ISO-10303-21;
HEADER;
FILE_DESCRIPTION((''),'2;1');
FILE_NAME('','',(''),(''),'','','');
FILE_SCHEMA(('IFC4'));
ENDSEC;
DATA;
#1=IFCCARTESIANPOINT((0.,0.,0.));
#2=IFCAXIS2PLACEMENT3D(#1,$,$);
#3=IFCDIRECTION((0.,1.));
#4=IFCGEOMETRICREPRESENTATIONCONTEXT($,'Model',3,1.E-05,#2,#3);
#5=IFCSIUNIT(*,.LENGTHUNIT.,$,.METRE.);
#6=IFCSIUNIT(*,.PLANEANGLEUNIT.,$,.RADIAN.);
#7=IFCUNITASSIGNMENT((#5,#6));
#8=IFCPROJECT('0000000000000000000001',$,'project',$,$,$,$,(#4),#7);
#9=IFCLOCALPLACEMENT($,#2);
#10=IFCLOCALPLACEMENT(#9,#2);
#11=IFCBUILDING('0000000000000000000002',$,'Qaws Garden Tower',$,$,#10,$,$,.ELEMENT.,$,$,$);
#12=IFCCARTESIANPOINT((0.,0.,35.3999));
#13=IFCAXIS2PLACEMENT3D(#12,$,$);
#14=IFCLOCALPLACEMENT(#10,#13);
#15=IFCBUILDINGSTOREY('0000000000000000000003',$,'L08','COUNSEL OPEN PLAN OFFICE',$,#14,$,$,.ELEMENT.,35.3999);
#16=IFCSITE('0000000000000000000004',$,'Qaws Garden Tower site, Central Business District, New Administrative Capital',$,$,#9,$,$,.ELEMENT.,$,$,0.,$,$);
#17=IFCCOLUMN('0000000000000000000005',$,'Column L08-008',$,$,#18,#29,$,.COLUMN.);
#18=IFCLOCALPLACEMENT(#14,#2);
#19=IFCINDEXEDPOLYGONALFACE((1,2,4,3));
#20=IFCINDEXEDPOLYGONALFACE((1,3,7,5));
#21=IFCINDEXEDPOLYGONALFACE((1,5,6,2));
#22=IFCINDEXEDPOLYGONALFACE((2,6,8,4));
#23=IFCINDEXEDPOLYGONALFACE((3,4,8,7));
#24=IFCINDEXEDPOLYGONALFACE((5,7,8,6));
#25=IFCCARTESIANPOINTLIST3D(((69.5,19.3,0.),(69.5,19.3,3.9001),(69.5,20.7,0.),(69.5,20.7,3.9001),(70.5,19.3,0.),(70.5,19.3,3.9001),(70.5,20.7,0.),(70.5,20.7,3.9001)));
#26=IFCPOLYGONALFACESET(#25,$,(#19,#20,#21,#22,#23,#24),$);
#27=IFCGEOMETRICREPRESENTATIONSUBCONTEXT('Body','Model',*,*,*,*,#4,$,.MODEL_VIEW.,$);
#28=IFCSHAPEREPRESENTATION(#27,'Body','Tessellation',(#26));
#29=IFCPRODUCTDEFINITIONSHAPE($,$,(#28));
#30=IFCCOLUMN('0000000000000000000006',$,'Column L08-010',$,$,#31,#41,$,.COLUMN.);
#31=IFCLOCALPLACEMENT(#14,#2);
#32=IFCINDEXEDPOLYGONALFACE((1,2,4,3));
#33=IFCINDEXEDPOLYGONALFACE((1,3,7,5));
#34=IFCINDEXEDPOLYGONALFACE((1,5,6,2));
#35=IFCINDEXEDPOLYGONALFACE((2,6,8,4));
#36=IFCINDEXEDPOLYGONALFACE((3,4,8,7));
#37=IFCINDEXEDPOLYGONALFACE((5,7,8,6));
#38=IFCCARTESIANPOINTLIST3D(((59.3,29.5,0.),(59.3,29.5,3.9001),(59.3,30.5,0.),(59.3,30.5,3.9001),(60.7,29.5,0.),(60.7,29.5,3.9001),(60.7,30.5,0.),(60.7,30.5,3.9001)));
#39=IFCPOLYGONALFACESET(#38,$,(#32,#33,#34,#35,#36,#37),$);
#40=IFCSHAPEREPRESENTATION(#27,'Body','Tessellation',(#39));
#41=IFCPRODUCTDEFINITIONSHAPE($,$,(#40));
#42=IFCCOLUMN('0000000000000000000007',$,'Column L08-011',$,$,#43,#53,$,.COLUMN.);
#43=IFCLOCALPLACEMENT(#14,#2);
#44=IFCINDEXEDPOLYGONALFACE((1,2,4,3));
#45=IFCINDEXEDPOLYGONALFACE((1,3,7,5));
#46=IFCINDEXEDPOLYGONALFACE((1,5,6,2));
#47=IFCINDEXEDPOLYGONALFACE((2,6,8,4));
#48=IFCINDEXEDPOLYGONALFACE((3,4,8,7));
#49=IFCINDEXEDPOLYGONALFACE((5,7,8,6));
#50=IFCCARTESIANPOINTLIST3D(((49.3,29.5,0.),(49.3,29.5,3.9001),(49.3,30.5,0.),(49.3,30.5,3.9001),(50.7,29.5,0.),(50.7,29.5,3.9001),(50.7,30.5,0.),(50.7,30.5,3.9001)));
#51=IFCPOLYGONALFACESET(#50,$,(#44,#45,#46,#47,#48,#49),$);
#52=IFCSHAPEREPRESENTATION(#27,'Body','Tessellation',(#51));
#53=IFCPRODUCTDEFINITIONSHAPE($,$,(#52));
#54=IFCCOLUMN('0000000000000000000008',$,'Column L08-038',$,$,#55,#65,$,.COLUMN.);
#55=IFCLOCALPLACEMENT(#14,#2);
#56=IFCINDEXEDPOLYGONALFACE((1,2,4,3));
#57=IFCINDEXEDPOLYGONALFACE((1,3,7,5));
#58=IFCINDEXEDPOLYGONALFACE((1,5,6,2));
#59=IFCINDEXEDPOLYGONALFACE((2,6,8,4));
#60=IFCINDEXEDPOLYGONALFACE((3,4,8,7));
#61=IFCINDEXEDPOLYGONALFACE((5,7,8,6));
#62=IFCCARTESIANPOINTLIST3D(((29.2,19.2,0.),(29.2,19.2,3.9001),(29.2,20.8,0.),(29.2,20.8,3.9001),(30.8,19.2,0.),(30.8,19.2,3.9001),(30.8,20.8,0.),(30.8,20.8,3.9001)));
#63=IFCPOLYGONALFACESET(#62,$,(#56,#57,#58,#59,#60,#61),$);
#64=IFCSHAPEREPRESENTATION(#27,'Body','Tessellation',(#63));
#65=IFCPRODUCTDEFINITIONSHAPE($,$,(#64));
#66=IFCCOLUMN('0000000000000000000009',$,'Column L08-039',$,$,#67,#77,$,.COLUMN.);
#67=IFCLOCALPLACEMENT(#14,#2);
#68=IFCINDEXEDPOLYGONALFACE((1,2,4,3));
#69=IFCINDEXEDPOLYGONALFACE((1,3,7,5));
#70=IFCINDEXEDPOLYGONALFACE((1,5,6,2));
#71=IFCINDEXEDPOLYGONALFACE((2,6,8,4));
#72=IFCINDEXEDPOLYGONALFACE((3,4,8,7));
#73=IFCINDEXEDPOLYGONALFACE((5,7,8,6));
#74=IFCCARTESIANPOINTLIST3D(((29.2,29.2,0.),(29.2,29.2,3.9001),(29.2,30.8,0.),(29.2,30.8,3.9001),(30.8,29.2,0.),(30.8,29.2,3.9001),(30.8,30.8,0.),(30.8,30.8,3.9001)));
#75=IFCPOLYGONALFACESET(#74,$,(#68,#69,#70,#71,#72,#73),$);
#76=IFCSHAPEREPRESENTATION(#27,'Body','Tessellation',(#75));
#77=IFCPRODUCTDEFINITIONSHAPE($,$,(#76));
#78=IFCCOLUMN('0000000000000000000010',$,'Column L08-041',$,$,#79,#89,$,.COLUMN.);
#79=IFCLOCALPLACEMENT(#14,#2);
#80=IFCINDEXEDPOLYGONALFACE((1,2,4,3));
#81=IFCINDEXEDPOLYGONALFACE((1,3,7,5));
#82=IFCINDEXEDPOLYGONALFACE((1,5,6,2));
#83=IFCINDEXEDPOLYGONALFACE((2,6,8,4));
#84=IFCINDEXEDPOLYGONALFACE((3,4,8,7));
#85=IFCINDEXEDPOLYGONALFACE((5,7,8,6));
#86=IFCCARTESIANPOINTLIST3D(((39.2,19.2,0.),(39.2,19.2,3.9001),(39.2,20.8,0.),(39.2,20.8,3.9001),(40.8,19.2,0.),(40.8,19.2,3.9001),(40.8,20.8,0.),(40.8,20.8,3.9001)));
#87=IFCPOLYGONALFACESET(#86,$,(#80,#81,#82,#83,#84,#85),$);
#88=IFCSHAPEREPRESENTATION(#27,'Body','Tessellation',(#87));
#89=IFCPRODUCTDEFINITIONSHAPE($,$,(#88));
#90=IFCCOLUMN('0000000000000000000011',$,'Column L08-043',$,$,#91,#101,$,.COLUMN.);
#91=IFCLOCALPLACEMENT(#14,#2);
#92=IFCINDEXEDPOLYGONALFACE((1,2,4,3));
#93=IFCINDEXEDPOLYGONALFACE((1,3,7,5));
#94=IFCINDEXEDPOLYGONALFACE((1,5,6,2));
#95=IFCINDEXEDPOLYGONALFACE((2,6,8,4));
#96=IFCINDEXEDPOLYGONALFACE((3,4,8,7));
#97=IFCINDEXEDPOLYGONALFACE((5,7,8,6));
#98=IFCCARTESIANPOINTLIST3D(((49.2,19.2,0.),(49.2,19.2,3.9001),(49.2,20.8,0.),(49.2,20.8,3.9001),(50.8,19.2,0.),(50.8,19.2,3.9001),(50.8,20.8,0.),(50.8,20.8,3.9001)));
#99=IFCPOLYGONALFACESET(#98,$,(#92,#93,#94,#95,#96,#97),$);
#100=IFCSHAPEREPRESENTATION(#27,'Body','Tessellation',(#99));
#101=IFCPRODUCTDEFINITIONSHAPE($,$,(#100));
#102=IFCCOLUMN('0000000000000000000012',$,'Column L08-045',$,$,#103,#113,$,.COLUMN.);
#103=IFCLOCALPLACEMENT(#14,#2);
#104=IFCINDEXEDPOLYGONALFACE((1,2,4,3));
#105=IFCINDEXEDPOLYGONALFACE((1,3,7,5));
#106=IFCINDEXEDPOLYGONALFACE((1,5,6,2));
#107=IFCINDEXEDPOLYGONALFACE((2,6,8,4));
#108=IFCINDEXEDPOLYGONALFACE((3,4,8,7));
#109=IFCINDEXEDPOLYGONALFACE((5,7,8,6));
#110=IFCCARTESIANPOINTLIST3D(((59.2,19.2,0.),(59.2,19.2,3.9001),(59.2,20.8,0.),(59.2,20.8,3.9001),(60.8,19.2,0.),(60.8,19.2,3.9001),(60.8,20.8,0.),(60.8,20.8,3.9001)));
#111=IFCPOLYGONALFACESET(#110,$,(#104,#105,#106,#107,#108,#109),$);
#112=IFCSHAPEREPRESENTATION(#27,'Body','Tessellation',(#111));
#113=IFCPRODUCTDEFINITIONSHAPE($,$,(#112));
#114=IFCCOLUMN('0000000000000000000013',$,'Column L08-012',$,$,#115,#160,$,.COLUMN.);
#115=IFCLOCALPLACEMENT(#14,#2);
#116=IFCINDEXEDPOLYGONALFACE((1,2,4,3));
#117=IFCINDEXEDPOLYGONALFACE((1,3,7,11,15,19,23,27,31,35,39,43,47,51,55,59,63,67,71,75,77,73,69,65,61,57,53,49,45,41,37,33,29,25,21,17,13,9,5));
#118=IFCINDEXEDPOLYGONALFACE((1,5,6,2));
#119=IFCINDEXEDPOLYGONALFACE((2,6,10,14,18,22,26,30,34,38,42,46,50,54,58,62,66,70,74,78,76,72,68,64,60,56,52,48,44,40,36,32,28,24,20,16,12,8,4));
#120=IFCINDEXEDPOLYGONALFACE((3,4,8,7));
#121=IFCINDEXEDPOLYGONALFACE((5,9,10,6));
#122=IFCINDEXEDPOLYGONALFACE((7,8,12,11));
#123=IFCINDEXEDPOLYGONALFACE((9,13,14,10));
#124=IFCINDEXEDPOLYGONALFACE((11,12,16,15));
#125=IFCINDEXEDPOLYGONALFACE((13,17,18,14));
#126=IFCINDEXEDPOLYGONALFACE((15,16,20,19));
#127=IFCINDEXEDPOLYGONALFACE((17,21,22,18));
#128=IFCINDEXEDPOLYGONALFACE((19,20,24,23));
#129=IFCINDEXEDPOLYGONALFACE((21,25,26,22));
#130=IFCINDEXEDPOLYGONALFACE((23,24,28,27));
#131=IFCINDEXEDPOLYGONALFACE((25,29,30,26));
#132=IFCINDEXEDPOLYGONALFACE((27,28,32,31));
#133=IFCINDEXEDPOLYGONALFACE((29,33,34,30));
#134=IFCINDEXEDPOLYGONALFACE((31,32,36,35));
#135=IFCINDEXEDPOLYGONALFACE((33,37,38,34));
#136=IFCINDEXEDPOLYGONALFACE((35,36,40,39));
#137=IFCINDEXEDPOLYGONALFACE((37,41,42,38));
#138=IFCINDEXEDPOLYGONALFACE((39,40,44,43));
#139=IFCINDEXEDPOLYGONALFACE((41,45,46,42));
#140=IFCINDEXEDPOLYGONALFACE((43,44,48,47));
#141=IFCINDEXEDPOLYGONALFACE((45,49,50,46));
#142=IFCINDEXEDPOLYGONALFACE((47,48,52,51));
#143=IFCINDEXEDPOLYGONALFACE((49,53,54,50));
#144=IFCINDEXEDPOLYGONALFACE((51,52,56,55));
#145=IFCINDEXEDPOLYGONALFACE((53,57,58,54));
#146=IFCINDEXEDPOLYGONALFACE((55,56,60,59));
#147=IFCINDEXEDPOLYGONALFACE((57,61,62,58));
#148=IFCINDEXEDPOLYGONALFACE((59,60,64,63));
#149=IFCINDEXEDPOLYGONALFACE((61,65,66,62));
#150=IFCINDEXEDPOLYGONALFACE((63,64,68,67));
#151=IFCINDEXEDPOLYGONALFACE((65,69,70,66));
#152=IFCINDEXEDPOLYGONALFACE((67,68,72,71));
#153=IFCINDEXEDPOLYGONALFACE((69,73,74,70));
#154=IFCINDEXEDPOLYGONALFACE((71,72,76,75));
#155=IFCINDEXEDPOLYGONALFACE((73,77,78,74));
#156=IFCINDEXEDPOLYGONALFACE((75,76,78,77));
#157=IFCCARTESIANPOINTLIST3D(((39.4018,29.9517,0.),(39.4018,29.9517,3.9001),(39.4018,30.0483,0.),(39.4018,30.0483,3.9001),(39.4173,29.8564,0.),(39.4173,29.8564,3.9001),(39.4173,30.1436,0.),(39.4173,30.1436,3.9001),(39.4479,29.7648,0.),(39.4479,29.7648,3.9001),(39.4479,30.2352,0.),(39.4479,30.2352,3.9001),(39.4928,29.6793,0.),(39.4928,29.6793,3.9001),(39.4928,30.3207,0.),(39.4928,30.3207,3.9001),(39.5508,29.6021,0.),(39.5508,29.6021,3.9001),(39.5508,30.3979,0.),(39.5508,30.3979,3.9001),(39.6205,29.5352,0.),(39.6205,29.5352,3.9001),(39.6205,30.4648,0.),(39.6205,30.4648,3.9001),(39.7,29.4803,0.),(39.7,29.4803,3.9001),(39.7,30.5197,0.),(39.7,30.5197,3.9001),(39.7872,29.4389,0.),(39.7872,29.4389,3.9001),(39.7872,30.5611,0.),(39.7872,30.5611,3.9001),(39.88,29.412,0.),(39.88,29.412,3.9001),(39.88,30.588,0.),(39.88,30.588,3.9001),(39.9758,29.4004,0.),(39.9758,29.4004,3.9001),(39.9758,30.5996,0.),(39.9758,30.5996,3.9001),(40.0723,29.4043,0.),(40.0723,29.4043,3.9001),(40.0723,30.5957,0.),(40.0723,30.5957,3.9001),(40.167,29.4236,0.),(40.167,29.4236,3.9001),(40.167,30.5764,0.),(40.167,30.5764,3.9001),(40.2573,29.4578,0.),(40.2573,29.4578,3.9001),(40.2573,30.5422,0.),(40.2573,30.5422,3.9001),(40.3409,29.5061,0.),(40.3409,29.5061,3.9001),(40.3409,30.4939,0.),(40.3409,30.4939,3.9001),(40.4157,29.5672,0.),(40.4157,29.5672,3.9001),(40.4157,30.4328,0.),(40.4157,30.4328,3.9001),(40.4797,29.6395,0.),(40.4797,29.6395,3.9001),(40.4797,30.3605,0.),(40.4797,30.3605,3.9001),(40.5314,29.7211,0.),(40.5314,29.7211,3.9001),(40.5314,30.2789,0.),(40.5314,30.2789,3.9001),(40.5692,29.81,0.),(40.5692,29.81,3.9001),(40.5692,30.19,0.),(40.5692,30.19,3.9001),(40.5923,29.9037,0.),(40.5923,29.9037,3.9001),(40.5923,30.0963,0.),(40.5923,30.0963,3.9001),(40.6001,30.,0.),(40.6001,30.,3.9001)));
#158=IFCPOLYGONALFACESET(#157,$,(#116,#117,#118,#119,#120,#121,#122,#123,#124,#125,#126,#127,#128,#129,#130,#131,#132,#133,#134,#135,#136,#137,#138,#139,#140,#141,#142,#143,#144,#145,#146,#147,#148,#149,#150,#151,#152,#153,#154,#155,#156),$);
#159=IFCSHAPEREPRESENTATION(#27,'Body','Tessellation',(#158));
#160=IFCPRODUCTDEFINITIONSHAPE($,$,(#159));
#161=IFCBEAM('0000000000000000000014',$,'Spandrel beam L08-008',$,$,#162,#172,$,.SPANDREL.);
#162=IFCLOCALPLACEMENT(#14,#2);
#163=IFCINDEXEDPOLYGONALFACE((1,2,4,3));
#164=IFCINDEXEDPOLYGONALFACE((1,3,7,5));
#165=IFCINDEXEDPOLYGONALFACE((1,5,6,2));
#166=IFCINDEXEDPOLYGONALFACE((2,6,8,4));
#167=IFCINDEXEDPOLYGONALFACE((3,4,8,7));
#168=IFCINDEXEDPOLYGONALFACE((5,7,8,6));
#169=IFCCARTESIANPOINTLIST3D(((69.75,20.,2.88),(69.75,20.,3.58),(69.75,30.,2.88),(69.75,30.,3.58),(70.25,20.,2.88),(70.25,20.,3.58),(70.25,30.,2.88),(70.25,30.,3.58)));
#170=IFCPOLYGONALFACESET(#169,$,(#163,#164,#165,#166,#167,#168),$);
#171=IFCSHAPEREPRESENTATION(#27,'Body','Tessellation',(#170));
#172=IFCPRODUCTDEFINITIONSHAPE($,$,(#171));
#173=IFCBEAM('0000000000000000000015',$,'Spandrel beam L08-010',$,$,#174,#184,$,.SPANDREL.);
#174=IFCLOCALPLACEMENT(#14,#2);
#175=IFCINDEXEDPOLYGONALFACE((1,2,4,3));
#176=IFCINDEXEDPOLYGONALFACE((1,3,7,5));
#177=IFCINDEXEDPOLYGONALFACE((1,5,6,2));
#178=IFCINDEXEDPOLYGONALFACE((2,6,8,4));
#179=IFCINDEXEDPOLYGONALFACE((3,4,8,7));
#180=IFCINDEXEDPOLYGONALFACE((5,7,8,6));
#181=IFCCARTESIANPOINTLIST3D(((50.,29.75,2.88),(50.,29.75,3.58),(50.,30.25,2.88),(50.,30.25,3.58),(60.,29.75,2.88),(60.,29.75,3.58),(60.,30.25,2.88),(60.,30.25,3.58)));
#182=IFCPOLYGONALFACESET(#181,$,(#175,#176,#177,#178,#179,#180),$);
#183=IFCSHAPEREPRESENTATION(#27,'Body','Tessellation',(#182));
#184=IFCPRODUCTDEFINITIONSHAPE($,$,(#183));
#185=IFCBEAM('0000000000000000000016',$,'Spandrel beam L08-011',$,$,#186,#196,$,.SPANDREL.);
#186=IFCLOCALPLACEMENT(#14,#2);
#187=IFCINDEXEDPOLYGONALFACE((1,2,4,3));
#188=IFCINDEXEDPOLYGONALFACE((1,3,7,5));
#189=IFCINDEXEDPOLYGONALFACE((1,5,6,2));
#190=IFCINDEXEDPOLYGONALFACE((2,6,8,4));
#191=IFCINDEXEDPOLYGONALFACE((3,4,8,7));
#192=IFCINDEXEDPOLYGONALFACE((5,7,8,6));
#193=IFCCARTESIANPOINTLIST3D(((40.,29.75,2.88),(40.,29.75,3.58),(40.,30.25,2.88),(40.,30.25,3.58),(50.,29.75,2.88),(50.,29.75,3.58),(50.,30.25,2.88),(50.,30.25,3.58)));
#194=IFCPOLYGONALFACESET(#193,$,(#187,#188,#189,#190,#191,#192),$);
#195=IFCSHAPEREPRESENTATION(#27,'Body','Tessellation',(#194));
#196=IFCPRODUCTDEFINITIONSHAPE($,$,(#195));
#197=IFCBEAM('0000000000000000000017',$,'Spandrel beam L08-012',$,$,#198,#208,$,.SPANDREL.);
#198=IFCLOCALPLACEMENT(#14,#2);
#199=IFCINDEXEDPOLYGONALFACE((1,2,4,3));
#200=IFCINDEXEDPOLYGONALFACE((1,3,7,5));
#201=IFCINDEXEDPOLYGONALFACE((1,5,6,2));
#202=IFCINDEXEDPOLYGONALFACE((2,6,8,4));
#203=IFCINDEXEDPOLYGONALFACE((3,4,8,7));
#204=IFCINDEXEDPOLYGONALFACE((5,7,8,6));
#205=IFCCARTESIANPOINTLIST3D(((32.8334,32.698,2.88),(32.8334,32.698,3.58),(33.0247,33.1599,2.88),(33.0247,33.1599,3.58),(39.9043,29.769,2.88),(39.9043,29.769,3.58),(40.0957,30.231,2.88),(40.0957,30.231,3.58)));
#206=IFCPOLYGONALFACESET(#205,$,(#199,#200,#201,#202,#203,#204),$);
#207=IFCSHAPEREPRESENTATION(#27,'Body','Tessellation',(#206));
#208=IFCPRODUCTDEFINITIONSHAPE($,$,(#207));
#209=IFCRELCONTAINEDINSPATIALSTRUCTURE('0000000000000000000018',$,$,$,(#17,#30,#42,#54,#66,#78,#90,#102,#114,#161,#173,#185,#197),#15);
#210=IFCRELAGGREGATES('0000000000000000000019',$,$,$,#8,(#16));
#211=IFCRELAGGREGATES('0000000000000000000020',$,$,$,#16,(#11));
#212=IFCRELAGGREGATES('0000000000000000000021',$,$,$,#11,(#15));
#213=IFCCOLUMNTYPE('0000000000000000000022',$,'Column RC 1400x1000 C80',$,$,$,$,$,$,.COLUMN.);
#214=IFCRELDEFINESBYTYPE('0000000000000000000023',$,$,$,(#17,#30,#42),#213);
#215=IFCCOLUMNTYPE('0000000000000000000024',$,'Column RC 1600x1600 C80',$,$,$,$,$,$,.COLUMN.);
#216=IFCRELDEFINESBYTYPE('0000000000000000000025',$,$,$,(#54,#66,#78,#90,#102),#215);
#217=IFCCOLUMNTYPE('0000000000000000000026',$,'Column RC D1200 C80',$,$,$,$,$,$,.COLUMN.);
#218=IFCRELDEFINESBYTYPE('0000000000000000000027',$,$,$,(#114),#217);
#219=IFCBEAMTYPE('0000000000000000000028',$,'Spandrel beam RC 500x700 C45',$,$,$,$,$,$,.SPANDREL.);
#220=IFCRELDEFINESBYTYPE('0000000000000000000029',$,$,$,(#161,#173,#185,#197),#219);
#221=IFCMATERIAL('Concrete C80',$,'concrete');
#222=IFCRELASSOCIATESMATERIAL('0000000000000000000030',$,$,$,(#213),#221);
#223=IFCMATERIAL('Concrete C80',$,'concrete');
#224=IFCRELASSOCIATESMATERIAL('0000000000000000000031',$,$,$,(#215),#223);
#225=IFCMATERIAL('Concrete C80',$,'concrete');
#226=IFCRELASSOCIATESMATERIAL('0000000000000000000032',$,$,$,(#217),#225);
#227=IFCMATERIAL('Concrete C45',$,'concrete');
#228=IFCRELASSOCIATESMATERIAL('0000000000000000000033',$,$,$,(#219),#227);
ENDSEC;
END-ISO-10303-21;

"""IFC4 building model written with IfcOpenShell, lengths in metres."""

from ifc_helpers import new_model, si_unit, direction, frame, origin, origin_2d, place, context, subcontext, project, spatial, rectangle, circle, extrude, material, material_profile, profile_set, type_object, element, save


model = new_model("IFC4")

# Units and contexts
model_context = context("Model", 3, precision=1e-05, world=origin(), true_north=direction((0.0, 1.0)))
body_context = subcontext(model_context, "Body", "Model", "MODEL_VIEW")
ifc_project = project(units=[si_unit("LENGTHUNIT", "METRE"), si_unit("PLANEANGLEUNIT", "RADIAN")], contexts=[model_context])

# Site, building, storey
site_placement = place(None, origin())
site = spatial("IfcSite", under=ifc_project, at=site_placement, Name="Qaws Garden Tower site, Central Business District, New Administrative Capital", CompositionType="ELEMENT", RefElevation=0.0)
building_placement = place(site_placement, origin())
building = spatial("IfcBuilding", under=site, at=building_placement, Name="Qaws Garden Tower", CompositionType="ELEMENT")
storey_placement = place(building_placement, frame((0.0, 0.0, 35.3999)))
storey = spatial("IfcBuildingStorey", under=building, at=storey_placement, Name="L08", Description="COUNSEL OPEN PLAN OFFICE", CompositionType="ELEMENT", Elevation=35.3999)

# Columns
ifc_material_1 = material(Name="Concrete C80", Category="concrete")
ifc_material_profile_1 = material_profile(ifc_material_1, rectangle(XDim=1.3999, YDim=1.0, at=origin_2d()), Name="RC 1400x1000")
ifc_profile_set_1 = profile_set([ifc_material_profile_1], Name="Concrete C80")
column_type_1 = type_object("IfcColumnType", Name="Column RC 1400x1000 C80", PredefinedType="COLUMN", material=ifc_profile_set_1)
for number, where, z_axis, x_axis, name in (
    (1, (70.0, 20.0, 0.0), (0.0, 0.0, 1.0), (0.0, 1.0, 0.0), "Column L08-008"),
    (2, (60.0, 30.0, 0.0), (0.0, 0.0, 1.0), (1.0, 0.0, 0.0), "Column L08-010"),
    (3, (50.0, 30.0, 0.0), (0.0, 0.0, 1.0), (1.0, 0.0, 0.0), "Column L08-011"),
):
    element("IfcColumn", number, at=place(storey_placement, frame(where, z_axis=z_axis, x_axis=x_axis)), inside=storey, type_object=column_type_1, Name=name, PredefinedType="COLUMN", context=body_context, shape_type="SweptSolid", body=[
        extrude(rectangle(XDim=1.3999, YDim=1.0, at=origin_2d()), origin(), (0.0, 0.0, 1.0), 3.9001),
    ])
ifc_material_2 = material(Name="Concrete C80", Category="concrete")
ifc_material_profile_2 = material_profile(ifc_material_2, rectangle(XDim=1.6001, YDim=1.6001, at=origin_2d()), Name="RC 1600x1600")
ifc_profile_set_2 = profile_set([ifc_material_profile_2], Name="Concrete C80")
column_type_2 = type_object("IfcColumnType", Name="Column RC 1600x1600 C80", PredefinedType="COLUMN", material=ifc_profile_set_2)
for number, where, z_axis, x_axis, name in (
    (4, (30.0, 20.0, 0.0), (0.0, 0.0, 1.0), (1.0, 0.0, 0.0), "Column L08-038"),
    (5, (30.0, 30.0, 0.0), (0.0, 0.0, 1.0), (1.0, 0.0, 0.0), "Column L08-039"),
    (6, (40.0, 20.0, 0.0), (0.0, 0.0, 1.0), (1.0, 0.0, 0.0), "Column L08-041"),
    (7, (50.0, 20.0, 0.0), (0.0, 0.0, 1.0), (1.0, 0.0, 0.0), "Column L08-043"),
    (8, (60.0, 20.0, 0.0), (0.0, 0.0, 1.0), (1.0, 0.0, 0.0), "Column L08-045"),
):
    element("IfcColumn", number, at=place(storey_placement, frame(where, z_axis=z_axis, x_axis=x_axis)), inside=storey, type_object=column_type_2, Name=name, PredefinedType="COLUMN", context=body_context, shape_type="SweptSolid", body=[
        extrude(rectangle(XDim=1.6001, YDim=1.6001, at=origin_2d()), origin(), (0.0, 0.0, 1.0), 3.9001),
    ])
ifc_material_3 = material(Name="Concrete C80", Category="concrete")
ifc_material_profile_3 = material_profile(ifc_material_3, circle(Radius=0.6001, at=origin_2d()), Name="RC D1200")
ifc_profile_set_3 = profile_set([ifc_material_profile_3], Name="Concrete C80")
column_type_3 = type_object("IfcColumnType", Name="Column RC D1200 C80", PredefinedType="COLUMN", material=ifc_profile_set_3)
column_placement = place(storey_placement, frame((40.0, 30.0, 0.0), z_axis=(0.0, 0.0, 1.0), x_axis=(1.0, 0.0, 0.0)))
element("IfcColumn", 9, at=column_placement, inside=storey, type_object=column_type_3, Name="Column L08-012", PredefinedType="COLUMN", context=body_context, shape_type="SweptSolid", body=[
    extrude(circle(Radius=0.6001, at=origin_2d()), origin(), (0.0, 0.0, 1.0), 3.9001),
])

# Beams
ifc_material_4 = material(Name="Concrete C45", Category="concrete")
ifc_material_profile_4 = material_profile(ifc_material_4, rectangle(XDim=0.5, YDim=0.7, at=origin_2d()), Name="RC 500x700")
ifc_profile_set_4 = profile_set([ifc_material_profile_4], Name="Concrete C45")
beam_type = type_object("IfcBeamType", Name="Spandrel beam RC 500x700 C45", PredefinedType="SPANDREL", material=ifc_profile_set_4)
for number, where, z_axis, x_axis, name in (
    (10, (70.0, 20.0, 3.23), (0.0, 1.0, 0.0), (-1.0, 0.0, 0.0), "Spandrel beam L08-008"),
    (11, (60.0, 30.0, 3.23), (-1.0, 0.0, 0.0), (0.0, -1.0, 0.0), "Spandrel beam L08-010"),
    (12, (50.0, 30.0, 3.23), (-1.0, 0.0, 0.0), (0.0, -1.0, 0.0), "Spandrel beam L08-011"),
):
    element("IfcBeam", number, at=place(storey_placement, frame(where, z_axis=z_axis, x_axis=x_axis)), inside=storey, type_object=beam_type, Name=name, PredefinedType="SPANDREL", context=body_context, shape_type="SweptSolid", body=[
        extrude(rectangle(XDim=0.5, YDim=0.7, at=origin_2d()), origin(), (0.0, 0.0, 1.0), 10.0),
    ])
beam_placement = place(storey_placement, frame((40.0, 30.0, 3.23), z_axis=(-0.923878, 0.382687, 0.0), x_axis=(-0.382687, -0.923878, 0.0)))
element("IfcBeam", 13, at=beam_placement, inside=storey, type_object=beam_type, Name="Spandrel beam L08-012", PredefinedType="SPANDREL", context=body_context, shape_type="SweptSolid", body=[
    extrude(rectangle(XDim=0.5, YDim=0.7, at=origin_2d()), origin(), (0.0, 0.0, 1.0), 7.6536),
])

save(model, "model.ifc")
